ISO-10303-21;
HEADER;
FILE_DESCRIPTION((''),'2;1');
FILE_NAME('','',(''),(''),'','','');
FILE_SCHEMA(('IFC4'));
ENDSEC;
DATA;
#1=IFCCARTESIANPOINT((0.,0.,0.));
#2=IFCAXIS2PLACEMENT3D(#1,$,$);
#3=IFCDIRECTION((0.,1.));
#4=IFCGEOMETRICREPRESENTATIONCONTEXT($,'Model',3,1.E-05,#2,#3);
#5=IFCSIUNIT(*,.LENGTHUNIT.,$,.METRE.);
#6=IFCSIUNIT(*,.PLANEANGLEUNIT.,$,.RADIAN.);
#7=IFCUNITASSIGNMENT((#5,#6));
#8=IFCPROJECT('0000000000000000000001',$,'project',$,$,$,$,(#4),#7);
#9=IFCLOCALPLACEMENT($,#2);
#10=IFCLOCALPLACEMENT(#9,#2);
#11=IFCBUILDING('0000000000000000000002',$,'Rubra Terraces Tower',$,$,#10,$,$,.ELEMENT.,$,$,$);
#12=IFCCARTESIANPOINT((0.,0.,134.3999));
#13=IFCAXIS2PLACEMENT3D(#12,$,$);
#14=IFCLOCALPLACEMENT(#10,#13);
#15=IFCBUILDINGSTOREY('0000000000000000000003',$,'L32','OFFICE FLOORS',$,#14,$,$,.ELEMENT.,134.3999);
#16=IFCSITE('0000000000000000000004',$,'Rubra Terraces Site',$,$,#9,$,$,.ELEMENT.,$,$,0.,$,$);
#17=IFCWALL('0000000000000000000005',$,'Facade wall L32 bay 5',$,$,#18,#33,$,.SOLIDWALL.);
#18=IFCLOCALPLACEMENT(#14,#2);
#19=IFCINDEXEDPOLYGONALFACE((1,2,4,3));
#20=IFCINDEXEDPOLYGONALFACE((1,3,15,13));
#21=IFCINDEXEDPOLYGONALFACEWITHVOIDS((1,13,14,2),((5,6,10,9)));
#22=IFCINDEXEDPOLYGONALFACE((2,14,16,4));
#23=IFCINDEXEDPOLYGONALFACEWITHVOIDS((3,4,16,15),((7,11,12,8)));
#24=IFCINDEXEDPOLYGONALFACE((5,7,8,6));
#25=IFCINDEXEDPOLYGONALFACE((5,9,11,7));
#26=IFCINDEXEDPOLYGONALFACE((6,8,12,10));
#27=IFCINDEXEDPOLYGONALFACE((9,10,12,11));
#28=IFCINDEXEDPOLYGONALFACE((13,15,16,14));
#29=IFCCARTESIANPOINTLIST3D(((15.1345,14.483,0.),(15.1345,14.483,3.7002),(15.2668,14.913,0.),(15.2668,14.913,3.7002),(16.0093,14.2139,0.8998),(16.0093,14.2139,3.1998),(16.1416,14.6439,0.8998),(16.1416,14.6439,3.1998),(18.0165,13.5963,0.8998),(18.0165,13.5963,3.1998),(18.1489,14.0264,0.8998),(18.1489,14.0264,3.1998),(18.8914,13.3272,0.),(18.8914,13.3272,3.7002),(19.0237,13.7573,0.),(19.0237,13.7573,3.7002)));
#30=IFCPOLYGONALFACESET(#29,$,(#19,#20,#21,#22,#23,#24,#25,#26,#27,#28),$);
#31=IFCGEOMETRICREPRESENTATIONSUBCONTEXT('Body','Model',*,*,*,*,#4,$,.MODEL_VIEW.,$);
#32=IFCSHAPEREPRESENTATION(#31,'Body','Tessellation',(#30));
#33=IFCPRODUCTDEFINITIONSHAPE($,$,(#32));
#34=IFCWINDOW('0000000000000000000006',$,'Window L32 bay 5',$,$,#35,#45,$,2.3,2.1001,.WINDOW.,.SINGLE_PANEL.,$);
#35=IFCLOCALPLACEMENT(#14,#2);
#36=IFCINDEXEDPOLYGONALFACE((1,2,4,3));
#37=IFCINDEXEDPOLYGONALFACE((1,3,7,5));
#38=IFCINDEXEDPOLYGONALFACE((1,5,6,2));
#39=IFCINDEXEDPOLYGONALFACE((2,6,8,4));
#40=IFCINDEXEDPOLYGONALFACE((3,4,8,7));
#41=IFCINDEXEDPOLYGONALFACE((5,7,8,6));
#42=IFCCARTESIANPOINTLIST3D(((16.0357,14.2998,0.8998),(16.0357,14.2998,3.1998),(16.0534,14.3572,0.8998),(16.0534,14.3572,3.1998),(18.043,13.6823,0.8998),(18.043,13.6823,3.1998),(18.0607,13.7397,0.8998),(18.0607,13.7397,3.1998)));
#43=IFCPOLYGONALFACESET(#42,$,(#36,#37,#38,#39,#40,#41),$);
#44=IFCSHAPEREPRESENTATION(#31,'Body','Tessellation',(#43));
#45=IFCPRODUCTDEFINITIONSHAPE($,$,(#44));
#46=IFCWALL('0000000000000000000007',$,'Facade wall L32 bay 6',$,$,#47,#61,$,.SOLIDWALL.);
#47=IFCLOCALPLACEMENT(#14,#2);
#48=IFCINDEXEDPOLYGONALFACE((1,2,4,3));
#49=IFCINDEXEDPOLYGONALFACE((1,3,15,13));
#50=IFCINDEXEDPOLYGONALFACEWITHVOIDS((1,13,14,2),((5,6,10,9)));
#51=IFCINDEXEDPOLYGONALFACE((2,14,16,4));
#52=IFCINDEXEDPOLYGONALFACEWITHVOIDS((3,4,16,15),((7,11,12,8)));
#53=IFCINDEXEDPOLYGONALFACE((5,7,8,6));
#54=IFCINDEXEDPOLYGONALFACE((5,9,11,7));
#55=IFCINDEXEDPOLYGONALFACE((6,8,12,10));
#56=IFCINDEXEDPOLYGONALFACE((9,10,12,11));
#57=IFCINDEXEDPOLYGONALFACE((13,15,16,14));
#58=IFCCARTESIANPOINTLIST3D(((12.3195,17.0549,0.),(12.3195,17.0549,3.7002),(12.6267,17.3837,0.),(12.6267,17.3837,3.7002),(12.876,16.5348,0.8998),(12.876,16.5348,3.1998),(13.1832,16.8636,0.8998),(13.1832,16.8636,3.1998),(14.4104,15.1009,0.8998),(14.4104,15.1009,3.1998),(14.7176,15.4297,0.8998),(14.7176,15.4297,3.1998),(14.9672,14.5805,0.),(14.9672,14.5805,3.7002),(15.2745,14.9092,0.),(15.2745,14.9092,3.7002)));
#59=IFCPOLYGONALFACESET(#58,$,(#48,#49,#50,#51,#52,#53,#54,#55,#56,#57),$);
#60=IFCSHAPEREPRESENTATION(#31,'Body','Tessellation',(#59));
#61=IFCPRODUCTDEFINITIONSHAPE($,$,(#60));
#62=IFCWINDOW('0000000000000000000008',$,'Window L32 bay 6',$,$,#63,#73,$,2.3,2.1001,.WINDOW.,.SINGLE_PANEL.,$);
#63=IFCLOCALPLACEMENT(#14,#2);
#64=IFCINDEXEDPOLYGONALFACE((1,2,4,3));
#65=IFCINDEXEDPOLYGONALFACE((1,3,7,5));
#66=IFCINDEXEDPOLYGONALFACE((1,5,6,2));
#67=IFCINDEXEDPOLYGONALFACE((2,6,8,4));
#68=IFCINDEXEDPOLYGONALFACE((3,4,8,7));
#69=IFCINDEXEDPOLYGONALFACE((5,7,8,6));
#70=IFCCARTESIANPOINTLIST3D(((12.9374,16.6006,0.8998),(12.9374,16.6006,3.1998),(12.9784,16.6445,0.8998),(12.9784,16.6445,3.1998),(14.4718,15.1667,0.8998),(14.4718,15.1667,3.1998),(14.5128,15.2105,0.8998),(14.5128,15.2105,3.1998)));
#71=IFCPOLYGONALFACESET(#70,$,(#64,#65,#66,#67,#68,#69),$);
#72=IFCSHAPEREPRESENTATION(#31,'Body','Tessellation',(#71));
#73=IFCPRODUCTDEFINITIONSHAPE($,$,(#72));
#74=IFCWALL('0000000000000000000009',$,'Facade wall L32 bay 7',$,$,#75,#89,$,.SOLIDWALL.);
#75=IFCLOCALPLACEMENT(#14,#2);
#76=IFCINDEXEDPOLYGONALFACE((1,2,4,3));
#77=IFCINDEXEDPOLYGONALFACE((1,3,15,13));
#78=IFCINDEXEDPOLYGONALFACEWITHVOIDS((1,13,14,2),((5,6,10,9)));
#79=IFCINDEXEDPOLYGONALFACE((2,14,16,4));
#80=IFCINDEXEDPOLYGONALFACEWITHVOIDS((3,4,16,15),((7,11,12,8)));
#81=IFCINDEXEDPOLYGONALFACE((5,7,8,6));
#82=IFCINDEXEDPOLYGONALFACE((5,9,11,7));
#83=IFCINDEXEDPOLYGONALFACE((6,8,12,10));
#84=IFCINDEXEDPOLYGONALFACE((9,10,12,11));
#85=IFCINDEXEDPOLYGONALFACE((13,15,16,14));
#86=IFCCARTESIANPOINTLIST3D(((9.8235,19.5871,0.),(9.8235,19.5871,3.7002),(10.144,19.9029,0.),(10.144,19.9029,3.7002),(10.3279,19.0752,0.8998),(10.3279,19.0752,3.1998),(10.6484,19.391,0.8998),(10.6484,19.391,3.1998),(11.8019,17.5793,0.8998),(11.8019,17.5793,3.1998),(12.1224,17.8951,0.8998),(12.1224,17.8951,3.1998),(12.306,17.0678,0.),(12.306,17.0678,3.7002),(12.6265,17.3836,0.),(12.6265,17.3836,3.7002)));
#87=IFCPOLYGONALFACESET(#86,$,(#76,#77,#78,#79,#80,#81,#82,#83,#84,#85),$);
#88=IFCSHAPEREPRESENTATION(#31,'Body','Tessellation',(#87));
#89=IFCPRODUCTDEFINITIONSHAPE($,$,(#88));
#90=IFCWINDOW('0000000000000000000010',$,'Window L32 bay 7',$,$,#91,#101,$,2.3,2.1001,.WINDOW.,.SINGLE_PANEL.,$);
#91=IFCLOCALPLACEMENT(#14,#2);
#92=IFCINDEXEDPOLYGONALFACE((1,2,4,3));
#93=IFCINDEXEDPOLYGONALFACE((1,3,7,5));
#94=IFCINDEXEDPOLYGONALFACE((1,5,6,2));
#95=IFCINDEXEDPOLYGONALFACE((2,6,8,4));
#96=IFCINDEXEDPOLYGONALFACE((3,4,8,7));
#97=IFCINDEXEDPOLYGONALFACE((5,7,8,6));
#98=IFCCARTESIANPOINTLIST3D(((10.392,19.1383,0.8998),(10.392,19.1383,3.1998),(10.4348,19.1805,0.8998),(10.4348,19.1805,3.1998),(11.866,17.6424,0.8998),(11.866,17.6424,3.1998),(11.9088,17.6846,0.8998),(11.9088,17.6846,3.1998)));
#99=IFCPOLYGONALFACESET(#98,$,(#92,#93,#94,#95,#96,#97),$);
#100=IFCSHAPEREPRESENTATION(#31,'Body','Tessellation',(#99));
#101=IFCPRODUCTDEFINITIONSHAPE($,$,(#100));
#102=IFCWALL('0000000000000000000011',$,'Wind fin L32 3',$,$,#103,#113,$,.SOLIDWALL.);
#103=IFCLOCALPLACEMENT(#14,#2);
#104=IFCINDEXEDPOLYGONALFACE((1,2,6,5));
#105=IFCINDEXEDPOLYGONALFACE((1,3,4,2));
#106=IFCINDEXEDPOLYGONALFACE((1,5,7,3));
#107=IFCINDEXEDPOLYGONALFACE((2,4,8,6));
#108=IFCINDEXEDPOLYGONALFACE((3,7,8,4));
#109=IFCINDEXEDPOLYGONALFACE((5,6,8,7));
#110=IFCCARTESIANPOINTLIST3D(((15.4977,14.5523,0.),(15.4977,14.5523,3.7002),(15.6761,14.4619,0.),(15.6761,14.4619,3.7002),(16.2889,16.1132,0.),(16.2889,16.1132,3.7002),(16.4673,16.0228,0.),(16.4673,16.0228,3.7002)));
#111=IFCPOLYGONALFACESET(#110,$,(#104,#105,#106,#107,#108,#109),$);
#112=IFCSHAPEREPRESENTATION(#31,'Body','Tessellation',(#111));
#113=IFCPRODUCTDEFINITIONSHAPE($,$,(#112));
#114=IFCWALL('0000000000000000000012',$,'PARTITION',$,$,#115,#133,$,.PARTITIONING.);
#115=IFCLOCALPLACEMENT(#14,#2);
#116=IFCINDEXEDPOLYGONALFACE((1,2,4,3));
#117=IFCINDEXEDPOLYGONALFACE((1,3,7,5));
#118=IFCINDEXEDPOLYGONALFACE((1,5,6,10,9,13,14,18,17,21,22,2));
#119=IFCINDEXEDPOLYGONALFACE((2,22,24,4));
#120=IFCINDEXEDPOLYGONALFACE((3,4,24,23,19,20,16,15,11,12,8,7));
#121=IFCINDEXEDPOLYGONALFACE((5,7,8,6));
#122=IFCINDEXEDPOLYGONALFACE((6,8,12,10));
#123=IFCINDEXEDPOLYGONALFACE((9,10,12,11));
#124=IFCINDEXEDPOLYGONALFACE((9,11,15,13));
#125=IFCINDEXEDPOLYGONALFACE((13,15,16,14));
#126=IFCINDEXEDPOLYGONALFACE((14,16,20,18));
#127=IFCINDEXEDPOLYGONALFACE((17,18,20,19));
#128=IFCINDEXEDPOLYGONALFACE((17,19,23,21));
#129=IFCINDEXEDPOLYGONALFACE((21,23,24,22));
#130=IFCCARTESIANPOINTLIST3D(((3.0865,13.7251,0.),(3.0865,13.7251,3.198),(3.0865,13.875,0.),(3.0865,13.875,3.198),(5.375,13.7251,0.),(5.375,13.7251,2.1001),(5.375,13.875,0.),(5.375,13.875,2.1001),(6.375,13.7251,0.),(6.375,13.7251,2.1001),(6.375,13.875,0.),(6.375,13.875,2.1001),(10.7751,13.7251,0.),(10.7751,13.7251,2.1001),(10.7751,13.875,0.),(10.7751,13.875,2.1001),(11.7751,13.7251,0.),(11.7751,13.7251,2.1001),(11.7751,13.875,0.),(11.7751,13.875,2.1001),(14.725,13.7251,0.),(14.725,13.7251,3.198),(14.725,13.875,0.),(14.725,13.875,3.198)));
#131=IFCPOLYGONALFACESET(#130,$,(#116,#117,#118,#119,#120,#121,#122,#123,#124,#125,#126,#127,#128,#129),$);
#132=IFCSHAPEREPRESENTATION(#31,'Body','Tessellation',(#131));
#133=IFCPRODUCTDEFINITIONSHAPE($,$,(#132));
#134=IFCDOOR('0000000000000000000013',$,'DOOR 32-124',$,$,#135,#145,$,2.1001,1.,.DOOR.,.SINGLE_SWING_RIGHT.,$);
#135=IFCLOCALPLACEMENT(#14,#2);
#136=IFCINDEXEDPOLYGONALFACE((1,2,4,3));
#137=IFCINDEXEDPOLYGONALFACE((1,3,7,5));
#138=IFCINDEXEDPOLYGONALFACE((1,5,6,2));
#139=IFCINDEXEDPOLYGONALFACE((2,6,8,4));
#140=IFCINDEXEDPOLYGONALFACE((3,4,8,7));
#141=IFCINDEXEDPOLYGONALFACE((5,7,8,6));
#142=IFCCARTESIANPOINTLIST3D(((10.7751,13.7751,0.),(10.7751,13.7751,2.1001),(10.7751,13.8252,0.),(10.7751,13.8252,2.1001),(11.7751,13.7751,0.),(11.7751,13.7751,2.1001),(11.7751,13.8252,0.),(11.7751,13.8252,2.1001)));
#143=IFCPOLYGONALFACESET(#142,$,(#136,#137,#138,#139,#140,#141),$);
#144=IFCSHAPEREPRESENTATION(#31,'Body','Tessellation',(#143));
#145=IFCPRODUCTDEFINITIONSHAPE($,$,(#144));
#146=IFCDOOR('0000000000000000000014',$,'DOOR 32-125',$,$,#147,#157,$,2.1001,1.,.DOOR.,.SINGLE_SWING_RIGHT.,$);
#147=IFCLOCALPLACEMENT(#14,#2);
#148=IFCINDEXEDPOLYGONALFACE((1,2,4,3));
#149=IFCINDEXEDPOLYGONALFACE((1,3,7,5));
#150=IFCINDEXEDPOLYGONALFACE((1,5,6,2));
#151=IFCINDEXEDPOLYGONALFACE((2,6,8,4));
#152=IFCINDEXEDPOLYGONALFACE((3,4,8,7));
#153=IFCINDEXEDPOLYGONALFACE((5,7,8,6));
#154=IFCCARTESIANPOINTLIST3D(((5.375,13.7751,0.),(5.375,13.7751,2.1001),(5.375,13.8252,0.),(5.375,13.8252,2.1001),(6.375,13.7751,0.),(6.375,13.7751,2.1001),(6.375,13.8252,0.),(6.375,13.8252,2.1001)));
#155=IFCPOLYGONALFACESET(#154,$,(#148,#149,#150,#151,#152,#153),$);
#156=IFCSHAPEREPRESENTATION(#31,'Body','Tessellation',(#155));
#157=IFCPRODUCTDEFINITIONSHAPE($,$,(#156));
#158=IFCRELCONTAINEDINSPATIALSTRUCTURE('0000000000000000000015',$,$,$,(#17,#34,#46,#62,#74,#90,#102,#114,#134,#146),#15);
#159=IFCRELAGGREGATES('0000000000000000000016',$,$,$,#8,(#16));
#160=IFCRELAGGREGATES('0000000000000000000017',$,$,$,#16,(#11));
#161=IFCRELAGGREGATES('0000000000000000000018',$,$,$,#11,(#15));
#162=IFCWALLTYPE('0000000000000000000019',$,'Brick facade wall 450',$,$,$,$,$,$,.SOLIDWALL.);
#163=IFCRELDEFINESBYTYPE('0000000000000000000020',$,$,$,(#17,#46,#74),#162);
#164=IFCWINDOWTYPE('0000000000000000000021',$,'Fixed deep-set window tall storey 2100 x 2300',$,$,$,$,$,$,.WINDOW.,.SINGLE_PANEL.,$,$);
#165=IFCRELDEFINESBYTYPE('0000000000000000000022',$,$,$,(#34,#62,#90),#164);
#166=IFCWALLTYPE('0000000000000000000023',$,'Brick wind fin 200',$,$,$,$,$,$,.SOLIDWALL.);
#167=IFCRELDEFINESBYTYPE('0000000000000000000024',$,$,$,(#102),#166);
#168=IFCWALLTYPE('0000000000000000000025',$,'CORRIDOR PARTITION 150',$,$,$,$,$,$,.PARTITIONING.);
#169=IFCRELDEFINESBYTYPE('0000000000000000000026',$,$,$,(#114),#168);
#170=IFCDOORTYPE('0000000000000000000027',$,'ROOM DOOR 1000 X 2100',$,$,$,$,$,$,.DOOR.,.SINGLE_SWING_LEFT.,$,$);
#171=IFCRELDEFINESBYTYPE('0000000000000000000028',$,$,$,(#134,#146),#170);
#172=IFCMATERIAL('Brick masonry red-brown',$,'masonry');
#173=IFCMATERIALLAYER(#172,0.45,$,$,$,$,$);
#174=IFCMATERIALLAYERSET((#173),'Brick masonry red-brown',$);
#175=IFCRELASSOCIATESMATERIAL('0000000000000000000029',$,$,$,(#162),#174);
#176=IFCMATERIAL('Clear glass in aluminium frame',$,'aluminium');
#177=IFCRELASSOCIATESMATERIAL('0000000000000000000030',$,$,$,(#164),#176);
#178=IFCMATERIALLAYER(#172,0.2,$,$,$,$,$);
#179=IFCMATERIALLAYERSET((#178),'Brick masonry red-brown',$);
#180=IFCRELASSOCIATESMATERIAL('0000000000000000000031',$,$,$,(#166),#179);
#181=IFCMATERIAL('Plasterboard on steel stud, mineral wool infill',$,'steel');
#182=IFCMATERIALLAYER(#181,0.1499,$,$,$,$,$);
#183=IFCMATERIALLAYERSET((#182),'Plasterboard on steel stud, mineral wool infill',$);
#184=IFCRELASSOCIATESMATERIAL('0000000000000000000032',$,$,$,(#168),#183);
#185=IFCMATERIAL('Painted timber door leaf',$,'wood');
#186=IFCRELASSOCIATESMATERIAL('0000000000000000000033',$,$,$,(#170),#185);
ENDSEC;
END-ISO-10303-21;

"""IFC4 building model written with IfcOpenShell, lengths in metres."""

from ifc_helpers import new_model, si_unit, direction, frame, frame_2d, origin, place, context, subcontext, project, spatial, rectangle, extrude, material, layer, layer_set, type_object, element, fill, save


model = new_model("IFC4")

# Units and contexts
model_context = context("Model", 3, precision=1e-05, world=origin(), true_north=direction((0.0, 1.0)))
body_context = subcontext(model_context, "Body", "Model", "MODEL_VIEW")
ifc_project = project(units=[si_unit("LENGTHUNIT", "METRE"), si_unit("PLANEANGLEUNIT", "RADIAN")], contexts=[model_context])

# Site, building, storey
site_placement = place(None, origin())
site = spatial("IfcSite", under=ifc_project, at=site_placement, Name="Rubra Terraces Site", CompositionType="ELEMENT", RefElevation=0.0)
building_placement = place(site_placement, origin())
building = spatial("IfcBuilding", under=site, at=building_placement, Name="Rubra Terraces Tower", CompositionType="ELEMENT")
storey_placement = place(building_placement, frame((0.0, 0.0, 134.3999)))
storey = spatial("IfcBuildingStorey", under=building, at=storey_placement, Name="L32", Description="OFFICE FLOORS", CompositionType="ELEMENT", Elevation=134.3999)

# Walls, openings, windows
ifc_material_1 = material(Name="Brick masonry red-brown", Category="masonry")
ifc_layer_1 = layer(ifc_material_1, 0.45)
ifc_layer_set_1 = layer_set([ifc_layer_1], Name="Brick masonry red-brown")
wall_type_1 = type_object("IfcWallType", Name="Brick facade wall 450", PredefinedType="SOLIDWALL", material=ifc_layer_set_1)
ifc_material_2 = material(Name="Clear glass in aluminium frame", Category="aluminium")
window_type = type_object("IfcWindowType", Name="Fixed deep-set window tall storey 2100 x 2300", PartitioningType="SINGLE_PANEL", PredefinedType="WINDOW", material=ifc_material_2)
wall_1_placement = place(storey_placement, frame((18.9575, 13.5422, 0.0), z_axis=(0.0, 0.0, 1.0), x_axis=(-0.955792, 0.294042, 0.0)))
wall_1 = element("IfcWall", 1, at=wall_1_placement, inside=storey, type_object=wall_type_1, Name="Facade wall L32 bay 5", PredefinedType="SOLIDWALL", context=body_context, shape_type="SweptSolid", body=[
    extrude(rectangle(XDim=3.9307, YDim=0.45, at=frame_2d((1.9653, 0.0))), origin(), (0.0, 0.0, 1.0), 3.7002),
])
opening_1_placement = place(wall_1_placement, frame((0.9153, 0.0, 0.8999)))
opening_1 = element("IfcOpeningElement", 2, at=opening_1_placement, cuts=wall_1, PredefinedType="OPENING", context=body_context, shape_type="SweptSolid", body=[
    extrude(rectangle(XDim=2.1001, YDim=2.3, at=frame_2d((1.05, 1.1499))), frame((0.0, 0.2349, 0.0), z_axis=(0.0, -1.0, 0.0), x_axis=(1.0, 0.0, 0.0)), (0.0, 0.0, 1.0), 0.47),
])
window_1_placement = place(opening_1_placement, origin())
window_1 = element("IfcWindow", 3, at=window_1_placement, inside=storey, type_object=window_type, Name="Window L32 bay 5", OverallHeight=2.3, OverallWidth=2.1001, PartitioningType="SINGLE_PANEL", PredefinedType="WINDOW", context=body_context, shape_type="SweptSolid", body=[
    extrude(rectangle(XDim=2.1001, YDim=2.3, at=frame_2d((1.05, 1.1499))), frame((0.0, 0.135, 0.0), z_axis=(0.0, -1.0, 0.0), x_axis=(1.0, 0.0, 0.0)), (0.0, 0.0, 1.0), 0.0601),
])
fill(opening_1, window_1)
wall_2_placement = place(storey_placement, frame((15.1208, 14.7449, 0.0), z_axis=(0.0, 0.0, 1.0), x_axis=(-0.730618, 0.682786, 0.0)))
wall_2 = element("IfcWall", 4, at=wall_2_placement, inside=storey, type_object=wall_type_1, Name="Facade wall L32 bay 6", PredefinedType="SOLIDWALL", context=body_context, shape_type="SweptSolid", body=[
    extrude(rectangle(XDim=3.624, YDim=0.45, at=frame_2d((1.812, 0.0))), origin(), (0.0, 0.0, 1.0), 3.7002),
])
opening_2_placement = place(wall_2_placement, frame((0.7622, 0.0, 0.8999)))
opening_2 = element("IfcOpeningElement", 5, at=opening_2_placement, cuts=wall_2, PredefinedType="OPENING", context=body_context, shape_type="SweptSolid", body=[
    extrude(rectangle(XDim=2.1001, YDim=2.3, at=frame_2d((1.05, 1.1499))), frame((0.0, 0.2349, 0.0), z_axis=(0.0, -1.0, 0.0), x_axis=(1.0, 0.0, 0.0)), (0.0, 0.0, 1.0), 0.47),
])
window_2_placement = place(opening_2_placement, origin())
window_2 = element("IfcWindow", 6, at=window_2_placement, inside=storey, type_object=window_type, Name="Window L32 bay 6", OverallHeight=2.3, OverallWidth=2.1001, PartitioningType="SINGLE_PANEL", PredefinedType="WINDOW", context=body_context, shape_type="SweptSolid", body=[
    extrude(rectangle(XDim=2.1001, YDim=2.3, at=frame_2d((1.05, 1.1499))), frame((0.0, 0.135, 0.0), z_axis=(0.0, -1.0, 0.0), x_axis=(1.0, 0.0, 0.0)), (0.0, 0.0, 1.0), 0.0601),
])
fill(opening_2, window_2)
wall_3_placement = place(storey_placement, frame((12.4663, 17.2256, 0.0), z_axis=(0.0, 0.0, 1.0), x_axis=(-0.701876, 0.712299, 0.0)))
wall_3 = element("IfcWall", 7, at=wall_3_placement, inside=storey, type_object=wall_type_1, Name="Facade wall L32 bay 7", PredefinedType="SOLIDWALL", context=body_context, shape_type="SweptSolid", body=[
    extrude(rectangle(XDim=3.5369, YDim=0.45, at=frame_2d((1.7686, 0.0))), origin(), (0.0, 0.0, 1.0), 3.7002),
])
opening_3_placement = place(wall_3_placement, frame((0.7183, 0.0, 0.8999)))
opening_3 = element("IfcOpeningElement", 8, at=opening_3_placement, cuts=wall_3, PredefinedType="OPENING", context=body_context, shape_type="SweptSolid", body=[
    extrude(rectangle(XDim=2.1001, YDim=2.3, at=frame_2d((1.05, 1.1499))), frame((0.0, 0.2349, 0.0), z_axis=(0.0, -1.0, 0.0), x_axis=(1.0, 0.0, 0.0)), (0.0, 0.0, 1.0), 0.47),
])
window_3_placement = place(opening_3_placement, origin())
window_3 = element("IfcWindow", 9, at=window_3_placement, inside=storey, type_object=window_type, Name="Window L32 bay 7", OverallHeight=2.3, OverallWidth=2.1001, PartitioningType="SINGLE_PANEL", PredefinedType="WINDOW", context=body_context, shape_type="SweptSolid", body=[
    extrude(rectangle(XDim=2.1001, YDim=2.3, at=frame_2d((1.05, 1.1499))), frame((0.0, 0.135, 0.0), z_axis=(0.0, -1.0, 0.0), x_axis=(1.0, 0.0, 0.0)), (0.0, 0.0, 1.0), 0.0601),
])
fill(opening_3, window_3)

# Wall
ifc_layer_2 = layer(ifc_material_1, 0.2)
ifc_layer_set_2 = layer_set([ifc_layer_2], Name="Brick masonry red-brown")
wall_type_2 = type_object("IfcWallType", Name="Brick wind fin 200", PredefinedType="SOLIDWALL", material=ifc_layer_set_2)
wall_4_placement = place(storey_placement, frame((15.5869, 14.5071, 0.0), z_axis=(0.0, 0.0, 1.0), x_axis=(0.452117, 0.891959, 0.0)))
element("IfcWall", 10, at=wall_4_placement, inside=storey, type_object=wall_type_2, Name="Wind fin L32 3", PredefinedType="SOLIDWALL", context=body_context, shape_type="SweptSolid", body=[
    extrude(rectangle(XDim=1.75, YDim=0.2, at=frame_2d((0.875, 0.0))), origin(), (0.0, 0.0, 1.0), 3.7002),
])

# Wall, openings, doors
ifc_material_3 = material(Name="Plasterboard on steel stud, mineral wool infill", Category="steel")
ifc_layer_3 = layer(ifc_material_3, 0.1499)
ifc_layer_set_3 = layer_set([ifc_layer_3], Name="Plasterboard on steel stud, mineral wool infill")
wall_type_3 = type_object("IfcWallType", Name="CORRIDOR PARTITION 150", PredefinedType="PARTITIONING", material=ifc_layer_set_3)
wall_5_placement = place(storey_placement, frame((14.7251, 13.8, 0.0), z_axis=(0.0, 0.0, 1.0), x_axis=(-1.0, 0.0, 0.0)))
wall_5 = element("IfcWall", 11, at=wall_5_placement, inside=storey, type_object=wall_type_3, Name="PARTITION", PredefinedType="PARTITIONING", context=body_context, shape_type="SweptSolid", body=[
    extrude(rectangle(XDim=11.6384, YDim=0.1499, at=frame_2d((5.8193, 0.0))), origin(), (0.0, 0.0, 1.0), 3.198),
])
opening_4_placement = place(wall_5_placement, frame((2.95, 0.0, 0.0)))
opening_4 = element("IfcOpeningElement", 12, at=opening_4_placement, cuts=wall_5, PredefinedType="OPENING", context=body_context, shape_type="SweptSolid", body=[
    extrude(rectangle(XDim=1.0, YDim=2.1001, at=frame_2d((0.5, 1.05))), frame((0.0, 0.085, 0.0), z_axis=(0.0, -1.0, 0.0), x_axis=(1.0, 0.0, 0.0)), (0.0, 0.0, 1.0), 0.1699),
])
opening_5_placement = place(wall_5_placement, frame((8.3501, 0.0, 0.0)))
opening_5 = element("IfcOpeningElement", 13, at=opening_5_placement, cuts=wall_5, PredefinedType="OPENING", context=body_context, shape_type="SweptSolid", body=[
    extrude(rectangle(XDim=1.0, YDim=2.1001, at=frame_2d((0.5, 1.05))), frame((0.0, 0.085, 0.0), z_axis=(0.0, -1.0, 0.0), x_axis=(1.0, 0.0, 0.0)), (0.0, 0.0, 1.0), 0.1699),
])
ifc_material_4 = material(Name="Painted timber door leaf", Category="wood")
door_type = type_object("IfcDoorType", Name="ROOM DOOR 1000 X 2100", OperationType="SINGLE_SWING_LEFT", PredefinedType="DOOR", material=ifc_material_4)
door_1_placement = place(opening_4_placement, origin())
door_1 = element("IfcDoor", 14, at=door_1_placement, inside=storey, type_object=door_type, Name="DOOR 32-124", OperationType="SINGLE_SWING_RIGHT", OverallHeight=2.1001, OverallWidth=1.0, PredefinedType="DOOR", context=body_context, shape_type="SweptSolid", body=[
    extrude(rectangle(XDim=1.0, YDim=2.1001, at=frame_2d((0.5, 1.05))), frame((0.0, 0.0249, 0.0), z_axis=(0.0, -1.0, 0.0), x_axis=(1.0, 0.0, 0.0)), (0.0, 0.0, 1.0), 0.05),
])
fill(opening_4, door_1)
door_2_placement = place(opening_5_placement, origin())
door_2 = element("IfcDoor", 15, at=door_2_placement, inside=storey, type_object=door_type, Name="DOOR 32-125", OperationType="SINGLE_SWING_RIGHT", OverallHeight=2.1001, OverallWidth=1.0, PredefinedType="DOOR", context=body_context, shape_type="SweptSolid", body=[
    extrude(rectangle(XDim=1.0, YDim=2.1001, at=frame_2d((0.5, 1.05))), frame((0.0, 0.0249, 0.0), z_axis=(0.0, -1.0, 0.0), x_axis=(1.0, 0.0, 0.0)), (0.0, 0.0, 1.0), 0.05),
])
fill(opening_5, door_2)

save(model, "model.ifc")
